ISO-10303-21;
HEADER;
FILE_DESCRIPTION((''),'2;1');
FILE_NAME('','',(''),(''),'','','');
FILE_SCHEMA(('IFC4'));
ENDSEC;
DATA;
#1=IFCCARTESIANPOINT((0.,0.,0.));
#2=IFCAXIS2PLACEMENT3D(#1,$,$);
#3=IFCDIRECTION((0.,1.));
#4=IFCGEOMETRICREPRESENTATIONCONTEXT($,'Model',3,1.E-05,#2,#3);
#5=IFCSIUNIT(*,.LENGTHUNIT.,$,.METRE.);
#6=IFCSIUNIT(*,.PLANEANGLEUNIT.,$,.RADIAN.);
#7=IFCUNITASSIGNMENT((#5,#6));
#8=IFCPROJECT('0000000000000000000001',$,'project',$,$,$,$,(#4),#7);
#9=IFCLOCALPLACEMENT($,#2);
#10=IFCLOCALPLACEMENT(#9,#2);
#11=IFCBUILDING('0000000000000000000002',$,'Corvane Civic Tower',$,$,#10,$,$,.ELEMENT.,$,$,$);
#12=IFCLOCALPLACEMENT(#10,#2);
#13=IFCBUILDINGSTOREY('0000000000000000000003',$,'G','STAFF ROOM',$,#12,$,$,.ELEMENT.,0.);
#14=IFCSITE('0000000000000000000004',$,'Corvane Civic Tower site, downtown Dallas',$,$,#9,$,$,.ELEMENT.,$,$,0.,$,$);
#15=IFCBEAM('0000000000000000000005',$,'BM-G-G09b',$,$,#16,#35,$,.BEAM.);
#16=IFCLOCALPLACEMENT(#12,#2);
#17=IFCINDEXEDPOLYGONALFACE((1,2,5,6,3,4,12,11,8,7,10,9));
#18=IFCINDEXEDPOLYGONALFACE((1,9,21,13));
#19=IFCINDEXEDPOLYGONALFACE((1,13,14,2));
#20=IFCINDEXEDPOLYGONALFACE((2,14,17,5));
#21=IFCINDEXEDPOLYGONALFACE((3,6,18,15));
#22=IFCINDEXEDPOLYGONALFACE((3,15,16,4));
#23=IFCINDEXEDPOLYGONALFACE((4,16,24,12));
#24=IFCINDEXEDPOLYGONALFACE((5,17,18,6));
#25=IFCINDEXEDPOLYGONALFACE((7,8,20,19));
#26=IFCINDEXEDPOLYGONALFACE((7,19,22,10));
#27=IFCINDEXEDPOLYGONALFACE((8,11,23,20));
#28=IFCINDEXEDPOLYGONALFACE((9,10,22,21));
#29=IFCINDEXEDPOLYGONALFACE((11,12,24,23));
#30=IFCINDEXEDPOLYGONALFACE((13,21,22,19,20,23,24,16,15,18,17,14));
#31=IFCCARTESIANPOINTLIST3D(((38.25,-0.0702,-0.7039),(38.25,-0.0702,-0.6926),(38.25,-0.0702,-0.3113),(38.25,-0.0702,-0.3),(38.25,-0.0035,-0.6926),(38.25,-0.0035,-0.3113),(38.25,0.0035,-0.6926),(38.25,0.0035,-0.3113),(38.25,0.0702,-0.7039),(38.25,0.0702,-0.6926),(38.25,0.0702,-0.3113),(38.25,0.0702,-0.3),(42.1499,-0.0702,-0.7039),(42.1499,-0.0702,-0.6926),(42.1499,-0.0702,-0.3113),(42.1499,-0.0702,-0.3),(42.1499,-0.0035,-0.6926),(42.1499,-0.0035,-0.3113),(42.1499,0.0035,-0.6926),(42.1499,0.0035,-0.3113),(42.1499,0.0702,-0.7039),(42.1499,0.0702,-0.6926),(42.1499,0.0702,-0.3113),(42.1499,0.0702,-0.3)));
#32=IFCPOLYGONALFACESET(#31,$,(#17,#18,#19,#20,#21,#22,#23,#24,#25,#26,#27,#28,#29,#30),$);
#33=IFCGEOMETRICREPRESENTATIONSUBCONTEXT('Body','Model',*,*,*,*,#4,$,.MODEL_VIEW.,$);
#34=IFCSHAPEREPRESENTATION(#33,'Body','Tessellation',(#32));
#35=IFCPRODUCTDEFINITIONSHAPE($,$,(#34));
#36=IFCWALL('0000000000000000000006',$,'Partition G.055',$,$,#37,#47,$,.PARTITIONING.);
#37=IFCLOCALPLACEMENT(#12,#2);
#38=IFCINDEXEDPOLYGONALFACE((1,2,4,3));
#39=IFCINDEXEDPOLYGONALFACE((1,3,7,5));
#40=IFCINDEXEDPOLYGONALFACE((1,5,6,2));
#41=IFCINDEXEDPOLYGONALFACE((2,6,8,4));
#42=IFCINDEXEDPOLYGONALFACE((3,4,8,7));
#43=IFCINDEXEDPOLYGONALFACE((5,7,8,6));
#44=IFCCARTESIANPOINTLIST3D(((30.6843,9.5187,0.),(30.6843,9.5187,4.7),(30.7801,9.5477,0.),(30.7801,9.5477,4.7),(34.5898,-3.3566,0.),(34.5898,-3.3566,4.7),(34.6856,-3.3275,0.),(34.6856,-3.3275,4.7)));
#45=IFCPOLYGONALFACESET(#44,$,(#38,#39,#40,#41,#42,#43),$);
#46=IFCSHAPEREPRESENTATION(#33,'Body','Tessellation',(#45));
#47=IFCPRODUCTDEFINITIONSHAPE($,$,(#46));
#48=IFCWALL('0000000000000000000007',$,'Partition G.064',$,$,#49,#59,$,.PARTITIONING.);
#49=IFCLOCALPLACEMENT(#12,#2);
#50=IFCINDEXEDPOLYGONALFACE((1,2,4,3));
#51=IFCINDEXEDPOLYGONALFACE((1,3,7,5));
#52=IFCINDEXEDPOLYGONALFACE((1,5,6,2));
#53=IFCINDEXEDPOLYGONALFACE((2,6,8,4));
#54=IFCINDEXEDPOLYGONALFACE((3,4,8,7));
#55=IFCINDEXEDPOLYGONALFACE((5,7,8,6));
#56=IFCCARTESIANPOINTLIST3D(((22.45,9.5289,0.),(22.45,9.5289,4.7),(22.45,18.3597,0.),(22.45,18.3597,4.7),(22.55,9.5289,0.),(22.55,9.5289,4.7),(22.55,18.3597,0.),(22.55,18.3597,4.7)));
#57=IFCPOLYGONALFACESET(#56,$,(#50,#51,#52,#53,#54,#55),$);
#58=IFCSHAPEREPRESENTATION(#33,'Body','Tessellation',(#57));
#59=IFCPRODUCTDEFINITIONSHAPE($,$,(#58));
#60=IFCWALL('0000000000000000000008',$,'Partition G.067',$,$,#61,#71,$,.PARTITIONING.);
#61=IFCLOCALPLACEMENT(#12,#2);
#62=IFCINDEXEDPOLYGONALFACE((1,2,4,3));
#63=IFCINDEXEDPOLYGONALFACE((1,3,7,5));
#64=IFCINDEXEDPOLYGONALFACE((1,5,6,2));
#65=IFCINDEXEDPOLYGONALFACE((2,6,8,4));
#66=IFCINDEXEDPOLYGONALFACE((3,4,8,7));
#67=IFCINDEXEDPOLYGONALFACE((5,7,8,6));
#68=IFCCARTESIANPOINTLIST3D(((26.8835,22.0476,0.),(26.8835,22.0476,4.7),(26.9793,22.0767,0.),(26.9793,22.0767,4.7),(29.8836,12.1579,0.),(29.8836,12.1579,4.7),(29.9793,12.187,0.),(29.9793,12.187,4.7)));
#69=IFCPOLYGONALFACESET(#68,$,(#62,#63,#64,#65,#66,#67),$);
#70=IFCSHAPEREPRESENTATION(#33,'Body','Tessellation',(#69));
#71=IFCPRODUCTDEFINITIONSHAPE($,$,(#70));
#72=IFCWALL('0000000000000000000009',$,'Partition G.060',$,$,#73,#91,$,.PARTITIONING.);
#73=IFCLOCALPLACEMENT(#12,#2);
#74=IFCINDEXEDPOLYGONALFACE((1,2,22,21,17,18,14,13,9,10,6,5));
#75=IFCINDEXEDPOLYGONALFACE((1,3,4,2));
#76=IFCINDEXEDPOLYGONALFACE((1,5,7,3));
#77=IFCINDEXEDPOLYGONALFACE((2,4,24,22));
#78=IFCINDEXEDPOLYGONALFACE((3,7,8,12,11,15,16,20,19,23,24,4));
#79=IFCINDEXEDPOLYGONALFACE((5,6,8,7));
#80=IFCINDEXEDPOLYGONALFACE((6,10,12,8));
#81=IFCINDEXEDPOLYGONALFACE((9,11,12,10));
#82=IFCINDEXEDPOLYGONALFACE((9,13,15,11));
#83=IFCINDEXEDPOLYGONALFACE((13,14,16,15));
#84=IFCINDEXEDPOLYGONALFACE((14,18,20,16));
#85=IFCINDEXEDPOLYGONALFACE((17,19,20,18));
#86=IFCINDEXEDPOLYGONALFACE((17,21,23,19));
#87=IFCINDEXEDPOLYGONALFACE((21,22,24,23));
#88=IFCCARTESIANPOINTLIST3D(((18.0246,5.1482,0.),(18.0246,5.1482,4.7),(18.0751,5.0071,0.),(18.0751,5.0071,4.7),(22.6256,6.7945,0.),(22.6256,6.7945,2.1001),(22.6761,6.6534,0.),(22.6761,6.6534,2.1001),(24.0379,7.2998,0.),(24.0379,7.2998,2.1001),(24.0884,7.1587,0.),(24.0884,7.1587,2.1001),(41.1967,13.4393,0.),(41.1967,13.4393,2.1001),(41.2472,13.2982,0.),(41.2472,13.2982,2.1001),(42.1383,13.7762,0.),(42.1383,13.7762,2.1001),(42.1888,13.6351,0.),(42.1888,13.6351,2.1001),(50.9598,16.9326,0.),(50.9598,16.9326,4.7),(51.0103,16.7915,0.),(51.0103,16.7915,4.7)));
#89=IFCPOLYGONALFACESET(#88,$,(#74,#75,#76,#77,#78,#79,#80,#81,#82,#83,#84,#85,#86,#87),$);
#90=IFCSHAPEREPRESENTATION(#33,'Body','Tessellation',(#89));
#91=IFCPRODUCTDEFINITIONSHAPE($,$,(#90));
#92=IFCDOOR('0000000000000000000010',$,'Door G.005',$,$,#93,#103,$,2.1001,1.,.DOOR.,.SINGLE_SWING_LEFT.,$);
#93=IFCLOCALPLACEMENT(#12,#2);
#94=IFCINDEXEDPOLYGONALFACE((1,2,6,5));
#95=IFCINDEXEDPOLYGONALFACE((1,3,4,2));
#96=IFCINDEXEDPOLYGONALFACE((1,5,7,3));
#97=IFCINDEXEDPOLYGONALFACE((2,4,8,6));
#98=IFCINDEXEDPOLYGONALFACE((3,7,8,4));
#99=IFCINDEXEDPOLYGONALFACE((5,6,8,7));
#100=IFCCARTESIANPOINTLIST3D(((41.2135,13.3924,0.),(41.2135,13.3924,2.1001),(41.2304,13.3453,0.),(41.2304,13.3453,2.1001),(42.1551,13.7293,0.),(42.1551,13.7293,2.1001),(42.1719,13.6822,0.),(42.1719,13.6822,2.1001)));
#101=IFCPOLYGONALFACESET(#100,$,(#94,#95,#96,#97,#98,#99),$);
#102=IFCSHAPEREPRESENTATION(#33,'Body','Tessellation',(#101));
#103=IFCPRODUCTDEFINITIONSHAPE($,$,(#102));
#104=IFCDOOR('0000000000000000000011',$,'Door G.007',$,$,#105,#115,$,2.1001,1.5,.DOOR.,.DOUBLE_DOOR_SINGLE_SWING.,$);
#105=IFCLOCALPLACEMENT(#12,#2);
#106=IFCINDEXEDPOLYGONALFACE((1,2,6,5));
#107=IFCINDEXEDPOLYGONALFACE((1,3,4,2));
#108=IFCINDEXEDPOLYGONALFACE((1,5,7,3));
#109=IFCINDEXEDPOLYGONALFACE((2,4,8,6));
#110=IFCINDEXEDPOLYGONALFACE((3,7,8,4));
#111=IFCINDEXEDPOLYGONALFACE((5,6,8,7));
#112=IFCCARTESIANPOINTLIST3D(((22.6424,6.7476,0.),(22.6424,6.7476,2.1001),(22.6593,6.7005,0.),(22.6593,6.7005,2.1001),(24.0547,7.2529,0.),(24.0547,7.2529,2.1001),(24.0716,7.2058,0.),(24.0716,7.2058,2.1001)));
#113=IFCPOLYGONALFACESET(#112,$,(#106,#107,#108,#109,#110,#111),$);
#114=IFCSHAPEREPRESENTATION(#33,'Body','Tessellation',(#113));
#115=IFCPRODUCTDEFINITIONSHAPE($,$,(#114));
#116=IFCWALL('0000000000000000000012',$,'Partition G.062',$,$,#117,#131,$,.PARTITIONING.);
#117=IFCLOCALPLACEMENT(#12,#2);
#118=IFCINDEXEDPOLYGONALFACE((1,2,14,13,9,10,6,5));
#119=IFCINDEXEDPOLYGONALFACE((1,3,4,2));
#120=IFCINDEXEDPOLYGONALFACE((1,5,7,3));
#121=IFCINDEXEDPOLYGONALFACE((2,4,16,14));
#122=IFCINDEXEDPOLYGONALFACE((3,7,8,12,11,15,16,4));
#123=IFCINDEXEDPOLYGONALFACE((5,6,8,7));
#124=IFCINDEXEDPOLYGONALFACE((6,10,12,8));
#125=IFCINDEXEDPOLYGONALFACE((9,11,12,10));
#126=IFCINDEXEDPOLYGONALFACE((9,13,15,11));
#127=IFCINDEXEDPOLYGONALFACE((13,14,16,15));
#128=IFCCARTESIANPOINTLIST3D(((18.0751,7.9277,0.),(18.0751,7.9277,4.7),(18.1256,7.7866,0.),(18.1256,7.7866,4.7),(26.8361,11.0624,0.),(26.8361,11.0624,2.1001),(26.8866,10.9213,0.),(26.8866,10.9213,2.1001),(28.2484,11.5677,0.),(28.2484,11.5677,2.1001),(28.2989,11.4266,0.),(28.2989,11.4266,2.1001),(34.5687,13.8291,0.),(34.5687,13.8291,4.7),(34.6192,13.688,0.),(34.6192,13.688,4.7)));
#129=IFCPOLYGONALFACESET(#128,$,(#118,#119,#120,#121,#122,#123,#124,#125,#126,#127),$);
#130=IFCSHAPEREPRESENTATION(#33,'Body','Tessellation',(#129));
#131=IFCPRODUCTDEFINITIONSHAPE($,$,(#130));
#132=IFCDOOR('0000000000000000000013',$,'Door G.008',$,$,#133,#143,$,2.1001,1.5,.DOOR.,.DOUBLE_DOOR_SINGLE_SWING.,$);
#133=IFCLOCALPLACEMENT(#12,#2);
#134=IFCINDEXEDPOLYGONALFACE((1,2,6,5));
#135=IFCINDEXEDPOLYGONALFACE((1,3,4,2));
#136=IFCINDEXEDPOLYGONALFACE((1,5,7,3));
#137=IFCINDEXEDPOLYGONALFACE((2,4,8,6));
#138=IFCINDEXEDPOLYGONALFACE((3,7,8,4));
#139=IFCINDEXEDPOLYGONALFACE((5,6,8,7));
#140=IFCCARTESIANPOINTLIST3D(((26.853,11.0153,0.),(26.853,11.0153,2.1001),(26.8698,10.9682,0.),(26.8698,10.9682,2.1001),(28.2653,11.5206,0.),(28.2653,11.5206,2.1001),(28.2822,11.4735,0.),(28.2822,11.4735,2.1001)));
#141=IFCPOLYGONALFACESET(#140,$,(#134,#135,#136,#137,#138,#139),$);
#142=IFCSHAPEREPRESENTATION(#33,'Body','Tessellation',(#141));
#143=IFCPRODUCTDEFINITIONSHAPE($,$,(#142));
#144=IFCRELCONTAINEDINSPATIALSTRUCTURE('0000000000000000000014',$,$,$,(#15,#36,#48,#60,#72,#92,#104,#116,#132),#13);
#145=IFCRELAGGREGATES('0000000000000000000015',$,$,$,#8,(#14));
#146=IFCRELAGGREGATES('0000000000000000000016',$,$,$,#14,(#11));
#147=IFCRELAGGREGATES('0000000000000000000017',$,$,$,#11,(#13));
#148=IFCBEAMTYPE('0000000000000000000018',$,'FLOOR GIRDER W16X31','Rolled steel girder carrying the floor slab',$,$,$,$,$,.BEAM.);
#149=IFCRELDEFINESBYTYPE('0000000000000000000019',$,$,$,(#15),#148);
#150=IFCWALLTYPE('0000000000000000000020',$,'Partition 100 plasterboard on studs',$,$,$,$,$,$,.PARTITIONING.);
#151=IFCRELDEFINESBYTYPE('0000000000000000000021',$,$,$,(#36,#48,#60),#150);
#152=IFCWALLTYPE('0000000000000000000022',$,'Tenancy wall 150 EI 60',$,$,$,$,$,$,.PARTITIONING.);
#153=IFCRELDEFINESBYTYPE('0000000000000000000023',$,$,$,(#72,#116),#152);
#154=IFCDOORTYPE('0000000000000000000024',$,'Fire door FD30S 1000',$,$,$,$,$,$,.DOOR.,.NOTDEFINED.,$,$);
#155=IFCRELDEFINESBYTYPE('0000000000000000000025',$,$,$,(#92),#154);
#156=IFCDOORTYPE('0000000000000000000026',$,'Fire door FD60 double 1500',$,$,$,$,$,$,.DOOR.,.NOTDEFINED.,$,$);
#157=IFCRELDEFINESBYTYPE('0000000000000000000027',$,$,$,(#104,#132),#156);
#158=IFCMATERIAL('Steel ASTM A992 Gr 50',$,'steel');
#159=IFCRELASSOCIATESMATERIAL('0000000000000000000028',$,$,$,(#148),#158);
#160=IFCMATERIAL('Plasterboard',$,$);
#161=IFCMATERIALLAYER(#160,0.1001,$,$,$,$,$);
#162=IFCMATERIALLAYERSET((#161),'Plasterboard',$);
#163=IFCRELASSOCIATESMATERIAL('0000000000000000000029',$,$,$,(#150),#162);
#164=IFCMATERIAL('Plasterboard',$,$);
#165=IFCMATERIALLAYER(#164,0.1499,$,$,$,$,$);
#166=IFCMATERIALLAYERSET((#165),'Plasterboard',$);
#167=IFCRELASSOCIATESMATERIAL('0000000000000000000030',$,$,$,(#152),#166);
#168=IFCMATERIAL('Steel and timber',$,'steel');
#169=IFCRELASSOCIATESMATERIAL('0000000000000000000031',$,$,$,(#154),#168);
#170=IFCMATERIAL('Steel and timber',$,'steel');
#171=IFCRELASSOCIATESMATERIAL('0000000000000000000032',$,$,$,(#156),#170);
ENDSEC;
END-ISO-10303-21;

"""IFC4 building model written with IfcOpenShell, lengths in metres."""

from ifc_helpers import new_model, si_unit, direction, frame, frame_2d, origin, origin_2d, place, context, subcontext, project, spatial, rectangle, i_section, extrude, material, layer, layer_set, material_profile, profile_set, type_object, element, fill, save


model = new_model("IFC4")

# Units and contexts
model_context = context("Model", 3, precision=1e-05, world=origin(), true_north=direction((0.0, 1.0)))
body_context = subcontext(model_context, "Body", "Model", "MODEL_VIEW")
ifc_project = project(units=[si_unit("LENGTHUNIT", "METRE"), si_unit("PLANEANGLEUNIT", "RADIAN")], contexts=[model_context])

# Site, building, storey
site_placement = place(None, origin())
site = spatial("IfcSite", under=ifc_project, at=site_placement, Name="Corvane Civic Tower site, downtown Dallas", CompositionType="ELEMENT", RefElevation=0.0)
building_placement = place(site_placement, origin())
building = spatial("IfcBuilding", under=site, at=building_placement, Name="Corvane Civic Tower", CompositionType="ELEMENT")
storey_placement = place(building_placement, origin())
storey = spatial("IfcBuildingStorey", under=building, at=storey_placement, Name="G", Description="STAFF ROOM", CompositionType="ELEMENT", Elevation=0.0)

# Beam
ifc_material_1 = material(Name="Steel ASTM A992 Gr 50", Category="steel")
ifc_material_profile_1 = material_profile(ifc_material_1, i_section(OverallWidth=0.1404, OverallDepth=0.4038, WebThickness=0.0071, FlangeThickness=0.0112, at=origin_2d()), Name="W16X31")
ifc_profile_set_1 = profile_set([ifc_material_profile_1], Name="Steel ASTM A992 Gr 50")
beam_type_1 = type_object("IfcBeamType", Name="FLOOR GIRDER W16X31", Description="Rolled steel girder carrying the floor slab", PredefinedType="BEAM", material=ifc_profile_set_1)
for number, where, z_axis, x_axis, name in (
    (1, (38.25, 0.0, -0.502), (1.0, 0.0, 0.0), (0.0, 1.0, 0.0), "BM-G-G09b"),
):
    element("IfcBeam", number, at=place(storey_placement, frame(where, z_axis=z_axis, x_axis=x_axis)), inside=storey, type_object=beam_type_1, Name=name, PredefinedType="BEAM", context=body_context, shape_type="SweptSolid", body=[
        extrude(i_section(OverallWidth=0.1404, OverallDepth=0.4038, WebThickness=0.0071, FlangeThickness=0.0112, at=origin_2d()), origin(), (0.0, 0.0, 1.0), 3.8999),
    ])

# Walls
ifc_material_2 = material(Name="Plasterboard")
ifc_layer_1 = layer(ifc_material_2, 0.1001)
ifc_layer_set_1 = layer_set([ifc_layer_1], Name="Plasterboard")
wall_type_1 = type_object("IfcWallType", Name="Partition 100 plasterboard on studs", PredefinedType="PARTITIONING", material=ifc_layer_set_1)
wall_1_placement = place(storey_placement, frame((30.7322, 9.5332, 0.0), z_axis=(0.0, 0.0, 1.0), x_axis=(0.290275, -0.956943, 0.0)))
element("IfcWall", 2, at=wall_1_placement, inside=storey, type_object=wall_type_1, Name="Partition G.055", PredefinedType="PARTITIONING", context=body_context, shape_type="SweptSolid", body=[
    extrude(rectangle(XDim=13.4546, YDim=0.1001, at=frame_2d((6.7273, 0.0))), origin(), (0.0, 0.0, 1.0), 4.7),
])
wall_2_placement = place(storey_placement, frame((22.5, 9.5288, 0.0), z_axis=(0.0, 0.0, 1.0), x_axis=(0.0, 1.0, 0.0)))
element("IfcWall", 3, at=wall_2_placement, inside=storey, type_object=wall_type_1, Name="Partition G.064", PredefinedType="PARTITIONING", context=body_context, shape_type="SweptSolid", body=[
    extrude(rectangle(XDim=8.8308, YDim=0.1001, at=frame_2d((4.4155, 0.0))), origin(), (0.0, 0.0, 1.0), 4.7),
])
wall_3_placement = place(storey_placement, frame((26.9314, 22.0623, 0.0), z_axis=(0.0, 0.0, 1.0), x_axis=(0.290285, -0.95694, 0.0)))
element("IfcWall", 4, at=wall_3_placement, inside=storey, type_object=wall_type_1, Name="Partition G.067", PredefinedType="PARTITIONING", context=body_context, shape_type="SweptSolid", body=[
    extrude(rectangle(XDim=10.3347, YDim=0.1001, at=frame_2d((5.1675, 0.0))), origin(), (0.0, 0.0, 1.0), 4.7),
])

# Wall, openings, doors
ifc_material_3 = material(Name="Plasterboard")
ifc_layer_2 = layer(ifc_material_3, 0.1499)
ifc_layer_set_2 = layer_set([ifc_layer_2], Name="Plasterboard")
wall_type_2 = type_object("IfcWallType", Name="Tenancy wall 150 EI 60", PredefinedType="PARTITIONING", material=ifc_layer_set_2)
wall_4_placement = place(storey_placement, frame((18.0498, 5.0776, 0.0), z_axis=(0.0, 0.0, 1.0), x_axis=(0.941544, 0.336889, 0.0)))
wall_4 = element("IfcWall", 5, at=wall_4_placement, inside=storey, type_object=wall_type_2, Name="Partition G.060", PredefinedType="PARTITIONING", context=body_context, shape_type="SweptSolid", body=[
    extrude(rectangle(XDim=34.98, YDim=0.1499, at=frame_2d((17.49, 0.0))), origin(), (0.0, 0.0, 1.0), 4.7),
])
opening_1_placement = place(wall_4_placement, frame((24.6108, 0.0, 0.0)))
opening_1 = element("IfcOpeningElement", 6, at=opening_1_placement, cuts=wall_4, PredefinedType="OPENING", context=body_context, shape_type="SweptSolid", body=[
    extrude(rectangle(XDim=1.0, YDim=2.1001, at=frame_2d((0.5, 1.05))), frame((0.0, 0.085, 0.0), z_axis=(0.0, -1.0, 0.0), x_axis=(1.0, 0.0, 0.0)), (0.0, 0.0, 1.0), 0.1699),
])
opening_2_placement = place(wall_4_placement, frame((4.8867, 0.0, 0.0)))
opening_2 = element("IfcOpeningElement", 7, at=opening_2_placement, cuts=wall_4, PredefinedType="OPENING", context=body_context, shape_type="SweptSolid", body=[
    extrude(rectangle(XDim=1.5, YDim=2.1001, at=frame_2d((0.75, 1.05))), frame((0.0, 0.085, 0.0), z_axis=(0.0, -1.0, 0.0), x_axis=(1.0, 0.0, 0.0)), (0.0, 0.0, 1.0), 0.1699),
])
ifc_material_4 = material(Name="Steel and timber", Category="steel")
door_type_1 = type_object("IfcDoorType", Name="Fire door FD30S 1000", OperationType="NOTDEFINED", PredefinedType="DOOR", material=ifc_material_4)
door_1_placement = place(opening_1_placement, frame((1.0, 0.0, 0.0), z_axis=(0.0, 0.0, 1.0), x_axis=(-1.0, 0.0, 0.0)))
door_1 = element("IfcDoor", 8, at=door_1_placement, inside=storey, type_object=door_type_1, Name="Door G.005", OperationType="SINGLE_SWING_LEFT", OverallHeight=2.1001, OverallWidth=1.0, PredefinedType="DOOR", context=body_context, shape_type="SweptSolid", body=[
    extrude(rectangle(XDim=1.0, YDim=2.1001, at=frame_2d((0.5, 1.05))), frame((0.0, 0.0249, 0.0), z_axis=(0.0, -1.0, 0.0), x_axis=(1.0, 0.0, 0.0)), (0.0, 0.0, 1.0), 0.05),
])
fill(opening_1, door_1)
ifc_material_5 = material(Name="Steel and timber", Category="steel")
door_type_2 = type_object("IfcDoorType", Name="Fire door FD60 double 1500", OperationType="NOTDEFINED", PredefinedType="DOOR", material=ifc_material_5)
door_2_placement = place(opening_2_placement, frame((1.5, 0.0, 0.0), z_axis=(0.0, 0.0, 1.0), x_axis=(-1.0, 0.0, 0.0)))
door_2 = element("IfcDoor", 9, at=door_2_placement, inside=storey, type_object=door_type_2, Name="Door G.007", OperationType="DOUBLE_DOOR_SINGLE_SWING", OverallHeight=2.1001, OverallWidth=1.5, PredefinedType="DOOR", context=body_context, shape_type="SweptSolid", body=[
    extrude(rectangle(XDim=1.5, YDim=2.1001, at=frame_2d((0.75, 1.05))), frame((0.0, 0.0249, 0.0), z_axis=(0.0, -1.0, 0.0), x_axis=(1.0, 0.0, 0.0)), (0.0, 0.0, 1.0), 0.05),
])
fill(opening_2, door_2)

# Wall, opening, door
wall_5_placement = place(storey_placement, frame((18.1003, 7.8572, 0.0), z_axis=(0.0, 0.0, 1.0), x_axis=(0.941547, 0.336882, 0.0)))
wall_5 = element("IfcWall", 10, at=wall_5_placement, inside=storey, type_object=wall_type_2, Name="Partition G.062", PredefinedType="PARTITIONING", context=body_context, shape_type="SweptSolid", body=[
    extrude(rectangle(XDim=17.5176, YDim=0.1499, at=frame_2d((8.7588, 0.0))), origin(), (0.0, 0.0, 1.0), 4.7),
])
opening_3_placement = place(wall_5_placement, frame((9.3049, 0.0, 0.0)))
opening_3 = element("IfcOpeningElement", 11, at=opening_3_placement, cuts=wall_5, PredefinedType="OPENING", context=body_context, shape_type="SweptSolid", body=[
    extrude(rectangle(XDim=1.5, YDim=2.1001, at=frame_2d((0.75, 1.05))), frame((0.0, 0.085, 0.0), z_axis=(0.0, -1.0, 0.0), x_axis=(1.0, 0.0, 0.0)), (0.0, 0.0, 1.0), 0.1699),
])
door_3_placement = place(opening_3_placement, origin())
door_3 = element("IfcDoor", 12, at=door_3_placement, inside=storey, type_object=door_type_2, Name="Door G.008", OperationType="DOUBLE_DOOR_SINGLE_SWING", OverallHeight=2.1001, OverallWidth=1.5, PredefinedType="DOOR", context=body_context, shape_type="SweptSolid", body=[
    extrude(rectangle(XDim=1.5, YDim=2.1001, at=frame_2d((0.75, 1.05))), frame((0.0, 0.0249, 0.0), z_axis=(0.0, -1.0, 0.0), x_axis=(1.0, 0.0, 0.0)), (0.0, 0.0, 1.0), 0.05),
])
fill(opening_3, door_3)

save(model, "model.ifc")
